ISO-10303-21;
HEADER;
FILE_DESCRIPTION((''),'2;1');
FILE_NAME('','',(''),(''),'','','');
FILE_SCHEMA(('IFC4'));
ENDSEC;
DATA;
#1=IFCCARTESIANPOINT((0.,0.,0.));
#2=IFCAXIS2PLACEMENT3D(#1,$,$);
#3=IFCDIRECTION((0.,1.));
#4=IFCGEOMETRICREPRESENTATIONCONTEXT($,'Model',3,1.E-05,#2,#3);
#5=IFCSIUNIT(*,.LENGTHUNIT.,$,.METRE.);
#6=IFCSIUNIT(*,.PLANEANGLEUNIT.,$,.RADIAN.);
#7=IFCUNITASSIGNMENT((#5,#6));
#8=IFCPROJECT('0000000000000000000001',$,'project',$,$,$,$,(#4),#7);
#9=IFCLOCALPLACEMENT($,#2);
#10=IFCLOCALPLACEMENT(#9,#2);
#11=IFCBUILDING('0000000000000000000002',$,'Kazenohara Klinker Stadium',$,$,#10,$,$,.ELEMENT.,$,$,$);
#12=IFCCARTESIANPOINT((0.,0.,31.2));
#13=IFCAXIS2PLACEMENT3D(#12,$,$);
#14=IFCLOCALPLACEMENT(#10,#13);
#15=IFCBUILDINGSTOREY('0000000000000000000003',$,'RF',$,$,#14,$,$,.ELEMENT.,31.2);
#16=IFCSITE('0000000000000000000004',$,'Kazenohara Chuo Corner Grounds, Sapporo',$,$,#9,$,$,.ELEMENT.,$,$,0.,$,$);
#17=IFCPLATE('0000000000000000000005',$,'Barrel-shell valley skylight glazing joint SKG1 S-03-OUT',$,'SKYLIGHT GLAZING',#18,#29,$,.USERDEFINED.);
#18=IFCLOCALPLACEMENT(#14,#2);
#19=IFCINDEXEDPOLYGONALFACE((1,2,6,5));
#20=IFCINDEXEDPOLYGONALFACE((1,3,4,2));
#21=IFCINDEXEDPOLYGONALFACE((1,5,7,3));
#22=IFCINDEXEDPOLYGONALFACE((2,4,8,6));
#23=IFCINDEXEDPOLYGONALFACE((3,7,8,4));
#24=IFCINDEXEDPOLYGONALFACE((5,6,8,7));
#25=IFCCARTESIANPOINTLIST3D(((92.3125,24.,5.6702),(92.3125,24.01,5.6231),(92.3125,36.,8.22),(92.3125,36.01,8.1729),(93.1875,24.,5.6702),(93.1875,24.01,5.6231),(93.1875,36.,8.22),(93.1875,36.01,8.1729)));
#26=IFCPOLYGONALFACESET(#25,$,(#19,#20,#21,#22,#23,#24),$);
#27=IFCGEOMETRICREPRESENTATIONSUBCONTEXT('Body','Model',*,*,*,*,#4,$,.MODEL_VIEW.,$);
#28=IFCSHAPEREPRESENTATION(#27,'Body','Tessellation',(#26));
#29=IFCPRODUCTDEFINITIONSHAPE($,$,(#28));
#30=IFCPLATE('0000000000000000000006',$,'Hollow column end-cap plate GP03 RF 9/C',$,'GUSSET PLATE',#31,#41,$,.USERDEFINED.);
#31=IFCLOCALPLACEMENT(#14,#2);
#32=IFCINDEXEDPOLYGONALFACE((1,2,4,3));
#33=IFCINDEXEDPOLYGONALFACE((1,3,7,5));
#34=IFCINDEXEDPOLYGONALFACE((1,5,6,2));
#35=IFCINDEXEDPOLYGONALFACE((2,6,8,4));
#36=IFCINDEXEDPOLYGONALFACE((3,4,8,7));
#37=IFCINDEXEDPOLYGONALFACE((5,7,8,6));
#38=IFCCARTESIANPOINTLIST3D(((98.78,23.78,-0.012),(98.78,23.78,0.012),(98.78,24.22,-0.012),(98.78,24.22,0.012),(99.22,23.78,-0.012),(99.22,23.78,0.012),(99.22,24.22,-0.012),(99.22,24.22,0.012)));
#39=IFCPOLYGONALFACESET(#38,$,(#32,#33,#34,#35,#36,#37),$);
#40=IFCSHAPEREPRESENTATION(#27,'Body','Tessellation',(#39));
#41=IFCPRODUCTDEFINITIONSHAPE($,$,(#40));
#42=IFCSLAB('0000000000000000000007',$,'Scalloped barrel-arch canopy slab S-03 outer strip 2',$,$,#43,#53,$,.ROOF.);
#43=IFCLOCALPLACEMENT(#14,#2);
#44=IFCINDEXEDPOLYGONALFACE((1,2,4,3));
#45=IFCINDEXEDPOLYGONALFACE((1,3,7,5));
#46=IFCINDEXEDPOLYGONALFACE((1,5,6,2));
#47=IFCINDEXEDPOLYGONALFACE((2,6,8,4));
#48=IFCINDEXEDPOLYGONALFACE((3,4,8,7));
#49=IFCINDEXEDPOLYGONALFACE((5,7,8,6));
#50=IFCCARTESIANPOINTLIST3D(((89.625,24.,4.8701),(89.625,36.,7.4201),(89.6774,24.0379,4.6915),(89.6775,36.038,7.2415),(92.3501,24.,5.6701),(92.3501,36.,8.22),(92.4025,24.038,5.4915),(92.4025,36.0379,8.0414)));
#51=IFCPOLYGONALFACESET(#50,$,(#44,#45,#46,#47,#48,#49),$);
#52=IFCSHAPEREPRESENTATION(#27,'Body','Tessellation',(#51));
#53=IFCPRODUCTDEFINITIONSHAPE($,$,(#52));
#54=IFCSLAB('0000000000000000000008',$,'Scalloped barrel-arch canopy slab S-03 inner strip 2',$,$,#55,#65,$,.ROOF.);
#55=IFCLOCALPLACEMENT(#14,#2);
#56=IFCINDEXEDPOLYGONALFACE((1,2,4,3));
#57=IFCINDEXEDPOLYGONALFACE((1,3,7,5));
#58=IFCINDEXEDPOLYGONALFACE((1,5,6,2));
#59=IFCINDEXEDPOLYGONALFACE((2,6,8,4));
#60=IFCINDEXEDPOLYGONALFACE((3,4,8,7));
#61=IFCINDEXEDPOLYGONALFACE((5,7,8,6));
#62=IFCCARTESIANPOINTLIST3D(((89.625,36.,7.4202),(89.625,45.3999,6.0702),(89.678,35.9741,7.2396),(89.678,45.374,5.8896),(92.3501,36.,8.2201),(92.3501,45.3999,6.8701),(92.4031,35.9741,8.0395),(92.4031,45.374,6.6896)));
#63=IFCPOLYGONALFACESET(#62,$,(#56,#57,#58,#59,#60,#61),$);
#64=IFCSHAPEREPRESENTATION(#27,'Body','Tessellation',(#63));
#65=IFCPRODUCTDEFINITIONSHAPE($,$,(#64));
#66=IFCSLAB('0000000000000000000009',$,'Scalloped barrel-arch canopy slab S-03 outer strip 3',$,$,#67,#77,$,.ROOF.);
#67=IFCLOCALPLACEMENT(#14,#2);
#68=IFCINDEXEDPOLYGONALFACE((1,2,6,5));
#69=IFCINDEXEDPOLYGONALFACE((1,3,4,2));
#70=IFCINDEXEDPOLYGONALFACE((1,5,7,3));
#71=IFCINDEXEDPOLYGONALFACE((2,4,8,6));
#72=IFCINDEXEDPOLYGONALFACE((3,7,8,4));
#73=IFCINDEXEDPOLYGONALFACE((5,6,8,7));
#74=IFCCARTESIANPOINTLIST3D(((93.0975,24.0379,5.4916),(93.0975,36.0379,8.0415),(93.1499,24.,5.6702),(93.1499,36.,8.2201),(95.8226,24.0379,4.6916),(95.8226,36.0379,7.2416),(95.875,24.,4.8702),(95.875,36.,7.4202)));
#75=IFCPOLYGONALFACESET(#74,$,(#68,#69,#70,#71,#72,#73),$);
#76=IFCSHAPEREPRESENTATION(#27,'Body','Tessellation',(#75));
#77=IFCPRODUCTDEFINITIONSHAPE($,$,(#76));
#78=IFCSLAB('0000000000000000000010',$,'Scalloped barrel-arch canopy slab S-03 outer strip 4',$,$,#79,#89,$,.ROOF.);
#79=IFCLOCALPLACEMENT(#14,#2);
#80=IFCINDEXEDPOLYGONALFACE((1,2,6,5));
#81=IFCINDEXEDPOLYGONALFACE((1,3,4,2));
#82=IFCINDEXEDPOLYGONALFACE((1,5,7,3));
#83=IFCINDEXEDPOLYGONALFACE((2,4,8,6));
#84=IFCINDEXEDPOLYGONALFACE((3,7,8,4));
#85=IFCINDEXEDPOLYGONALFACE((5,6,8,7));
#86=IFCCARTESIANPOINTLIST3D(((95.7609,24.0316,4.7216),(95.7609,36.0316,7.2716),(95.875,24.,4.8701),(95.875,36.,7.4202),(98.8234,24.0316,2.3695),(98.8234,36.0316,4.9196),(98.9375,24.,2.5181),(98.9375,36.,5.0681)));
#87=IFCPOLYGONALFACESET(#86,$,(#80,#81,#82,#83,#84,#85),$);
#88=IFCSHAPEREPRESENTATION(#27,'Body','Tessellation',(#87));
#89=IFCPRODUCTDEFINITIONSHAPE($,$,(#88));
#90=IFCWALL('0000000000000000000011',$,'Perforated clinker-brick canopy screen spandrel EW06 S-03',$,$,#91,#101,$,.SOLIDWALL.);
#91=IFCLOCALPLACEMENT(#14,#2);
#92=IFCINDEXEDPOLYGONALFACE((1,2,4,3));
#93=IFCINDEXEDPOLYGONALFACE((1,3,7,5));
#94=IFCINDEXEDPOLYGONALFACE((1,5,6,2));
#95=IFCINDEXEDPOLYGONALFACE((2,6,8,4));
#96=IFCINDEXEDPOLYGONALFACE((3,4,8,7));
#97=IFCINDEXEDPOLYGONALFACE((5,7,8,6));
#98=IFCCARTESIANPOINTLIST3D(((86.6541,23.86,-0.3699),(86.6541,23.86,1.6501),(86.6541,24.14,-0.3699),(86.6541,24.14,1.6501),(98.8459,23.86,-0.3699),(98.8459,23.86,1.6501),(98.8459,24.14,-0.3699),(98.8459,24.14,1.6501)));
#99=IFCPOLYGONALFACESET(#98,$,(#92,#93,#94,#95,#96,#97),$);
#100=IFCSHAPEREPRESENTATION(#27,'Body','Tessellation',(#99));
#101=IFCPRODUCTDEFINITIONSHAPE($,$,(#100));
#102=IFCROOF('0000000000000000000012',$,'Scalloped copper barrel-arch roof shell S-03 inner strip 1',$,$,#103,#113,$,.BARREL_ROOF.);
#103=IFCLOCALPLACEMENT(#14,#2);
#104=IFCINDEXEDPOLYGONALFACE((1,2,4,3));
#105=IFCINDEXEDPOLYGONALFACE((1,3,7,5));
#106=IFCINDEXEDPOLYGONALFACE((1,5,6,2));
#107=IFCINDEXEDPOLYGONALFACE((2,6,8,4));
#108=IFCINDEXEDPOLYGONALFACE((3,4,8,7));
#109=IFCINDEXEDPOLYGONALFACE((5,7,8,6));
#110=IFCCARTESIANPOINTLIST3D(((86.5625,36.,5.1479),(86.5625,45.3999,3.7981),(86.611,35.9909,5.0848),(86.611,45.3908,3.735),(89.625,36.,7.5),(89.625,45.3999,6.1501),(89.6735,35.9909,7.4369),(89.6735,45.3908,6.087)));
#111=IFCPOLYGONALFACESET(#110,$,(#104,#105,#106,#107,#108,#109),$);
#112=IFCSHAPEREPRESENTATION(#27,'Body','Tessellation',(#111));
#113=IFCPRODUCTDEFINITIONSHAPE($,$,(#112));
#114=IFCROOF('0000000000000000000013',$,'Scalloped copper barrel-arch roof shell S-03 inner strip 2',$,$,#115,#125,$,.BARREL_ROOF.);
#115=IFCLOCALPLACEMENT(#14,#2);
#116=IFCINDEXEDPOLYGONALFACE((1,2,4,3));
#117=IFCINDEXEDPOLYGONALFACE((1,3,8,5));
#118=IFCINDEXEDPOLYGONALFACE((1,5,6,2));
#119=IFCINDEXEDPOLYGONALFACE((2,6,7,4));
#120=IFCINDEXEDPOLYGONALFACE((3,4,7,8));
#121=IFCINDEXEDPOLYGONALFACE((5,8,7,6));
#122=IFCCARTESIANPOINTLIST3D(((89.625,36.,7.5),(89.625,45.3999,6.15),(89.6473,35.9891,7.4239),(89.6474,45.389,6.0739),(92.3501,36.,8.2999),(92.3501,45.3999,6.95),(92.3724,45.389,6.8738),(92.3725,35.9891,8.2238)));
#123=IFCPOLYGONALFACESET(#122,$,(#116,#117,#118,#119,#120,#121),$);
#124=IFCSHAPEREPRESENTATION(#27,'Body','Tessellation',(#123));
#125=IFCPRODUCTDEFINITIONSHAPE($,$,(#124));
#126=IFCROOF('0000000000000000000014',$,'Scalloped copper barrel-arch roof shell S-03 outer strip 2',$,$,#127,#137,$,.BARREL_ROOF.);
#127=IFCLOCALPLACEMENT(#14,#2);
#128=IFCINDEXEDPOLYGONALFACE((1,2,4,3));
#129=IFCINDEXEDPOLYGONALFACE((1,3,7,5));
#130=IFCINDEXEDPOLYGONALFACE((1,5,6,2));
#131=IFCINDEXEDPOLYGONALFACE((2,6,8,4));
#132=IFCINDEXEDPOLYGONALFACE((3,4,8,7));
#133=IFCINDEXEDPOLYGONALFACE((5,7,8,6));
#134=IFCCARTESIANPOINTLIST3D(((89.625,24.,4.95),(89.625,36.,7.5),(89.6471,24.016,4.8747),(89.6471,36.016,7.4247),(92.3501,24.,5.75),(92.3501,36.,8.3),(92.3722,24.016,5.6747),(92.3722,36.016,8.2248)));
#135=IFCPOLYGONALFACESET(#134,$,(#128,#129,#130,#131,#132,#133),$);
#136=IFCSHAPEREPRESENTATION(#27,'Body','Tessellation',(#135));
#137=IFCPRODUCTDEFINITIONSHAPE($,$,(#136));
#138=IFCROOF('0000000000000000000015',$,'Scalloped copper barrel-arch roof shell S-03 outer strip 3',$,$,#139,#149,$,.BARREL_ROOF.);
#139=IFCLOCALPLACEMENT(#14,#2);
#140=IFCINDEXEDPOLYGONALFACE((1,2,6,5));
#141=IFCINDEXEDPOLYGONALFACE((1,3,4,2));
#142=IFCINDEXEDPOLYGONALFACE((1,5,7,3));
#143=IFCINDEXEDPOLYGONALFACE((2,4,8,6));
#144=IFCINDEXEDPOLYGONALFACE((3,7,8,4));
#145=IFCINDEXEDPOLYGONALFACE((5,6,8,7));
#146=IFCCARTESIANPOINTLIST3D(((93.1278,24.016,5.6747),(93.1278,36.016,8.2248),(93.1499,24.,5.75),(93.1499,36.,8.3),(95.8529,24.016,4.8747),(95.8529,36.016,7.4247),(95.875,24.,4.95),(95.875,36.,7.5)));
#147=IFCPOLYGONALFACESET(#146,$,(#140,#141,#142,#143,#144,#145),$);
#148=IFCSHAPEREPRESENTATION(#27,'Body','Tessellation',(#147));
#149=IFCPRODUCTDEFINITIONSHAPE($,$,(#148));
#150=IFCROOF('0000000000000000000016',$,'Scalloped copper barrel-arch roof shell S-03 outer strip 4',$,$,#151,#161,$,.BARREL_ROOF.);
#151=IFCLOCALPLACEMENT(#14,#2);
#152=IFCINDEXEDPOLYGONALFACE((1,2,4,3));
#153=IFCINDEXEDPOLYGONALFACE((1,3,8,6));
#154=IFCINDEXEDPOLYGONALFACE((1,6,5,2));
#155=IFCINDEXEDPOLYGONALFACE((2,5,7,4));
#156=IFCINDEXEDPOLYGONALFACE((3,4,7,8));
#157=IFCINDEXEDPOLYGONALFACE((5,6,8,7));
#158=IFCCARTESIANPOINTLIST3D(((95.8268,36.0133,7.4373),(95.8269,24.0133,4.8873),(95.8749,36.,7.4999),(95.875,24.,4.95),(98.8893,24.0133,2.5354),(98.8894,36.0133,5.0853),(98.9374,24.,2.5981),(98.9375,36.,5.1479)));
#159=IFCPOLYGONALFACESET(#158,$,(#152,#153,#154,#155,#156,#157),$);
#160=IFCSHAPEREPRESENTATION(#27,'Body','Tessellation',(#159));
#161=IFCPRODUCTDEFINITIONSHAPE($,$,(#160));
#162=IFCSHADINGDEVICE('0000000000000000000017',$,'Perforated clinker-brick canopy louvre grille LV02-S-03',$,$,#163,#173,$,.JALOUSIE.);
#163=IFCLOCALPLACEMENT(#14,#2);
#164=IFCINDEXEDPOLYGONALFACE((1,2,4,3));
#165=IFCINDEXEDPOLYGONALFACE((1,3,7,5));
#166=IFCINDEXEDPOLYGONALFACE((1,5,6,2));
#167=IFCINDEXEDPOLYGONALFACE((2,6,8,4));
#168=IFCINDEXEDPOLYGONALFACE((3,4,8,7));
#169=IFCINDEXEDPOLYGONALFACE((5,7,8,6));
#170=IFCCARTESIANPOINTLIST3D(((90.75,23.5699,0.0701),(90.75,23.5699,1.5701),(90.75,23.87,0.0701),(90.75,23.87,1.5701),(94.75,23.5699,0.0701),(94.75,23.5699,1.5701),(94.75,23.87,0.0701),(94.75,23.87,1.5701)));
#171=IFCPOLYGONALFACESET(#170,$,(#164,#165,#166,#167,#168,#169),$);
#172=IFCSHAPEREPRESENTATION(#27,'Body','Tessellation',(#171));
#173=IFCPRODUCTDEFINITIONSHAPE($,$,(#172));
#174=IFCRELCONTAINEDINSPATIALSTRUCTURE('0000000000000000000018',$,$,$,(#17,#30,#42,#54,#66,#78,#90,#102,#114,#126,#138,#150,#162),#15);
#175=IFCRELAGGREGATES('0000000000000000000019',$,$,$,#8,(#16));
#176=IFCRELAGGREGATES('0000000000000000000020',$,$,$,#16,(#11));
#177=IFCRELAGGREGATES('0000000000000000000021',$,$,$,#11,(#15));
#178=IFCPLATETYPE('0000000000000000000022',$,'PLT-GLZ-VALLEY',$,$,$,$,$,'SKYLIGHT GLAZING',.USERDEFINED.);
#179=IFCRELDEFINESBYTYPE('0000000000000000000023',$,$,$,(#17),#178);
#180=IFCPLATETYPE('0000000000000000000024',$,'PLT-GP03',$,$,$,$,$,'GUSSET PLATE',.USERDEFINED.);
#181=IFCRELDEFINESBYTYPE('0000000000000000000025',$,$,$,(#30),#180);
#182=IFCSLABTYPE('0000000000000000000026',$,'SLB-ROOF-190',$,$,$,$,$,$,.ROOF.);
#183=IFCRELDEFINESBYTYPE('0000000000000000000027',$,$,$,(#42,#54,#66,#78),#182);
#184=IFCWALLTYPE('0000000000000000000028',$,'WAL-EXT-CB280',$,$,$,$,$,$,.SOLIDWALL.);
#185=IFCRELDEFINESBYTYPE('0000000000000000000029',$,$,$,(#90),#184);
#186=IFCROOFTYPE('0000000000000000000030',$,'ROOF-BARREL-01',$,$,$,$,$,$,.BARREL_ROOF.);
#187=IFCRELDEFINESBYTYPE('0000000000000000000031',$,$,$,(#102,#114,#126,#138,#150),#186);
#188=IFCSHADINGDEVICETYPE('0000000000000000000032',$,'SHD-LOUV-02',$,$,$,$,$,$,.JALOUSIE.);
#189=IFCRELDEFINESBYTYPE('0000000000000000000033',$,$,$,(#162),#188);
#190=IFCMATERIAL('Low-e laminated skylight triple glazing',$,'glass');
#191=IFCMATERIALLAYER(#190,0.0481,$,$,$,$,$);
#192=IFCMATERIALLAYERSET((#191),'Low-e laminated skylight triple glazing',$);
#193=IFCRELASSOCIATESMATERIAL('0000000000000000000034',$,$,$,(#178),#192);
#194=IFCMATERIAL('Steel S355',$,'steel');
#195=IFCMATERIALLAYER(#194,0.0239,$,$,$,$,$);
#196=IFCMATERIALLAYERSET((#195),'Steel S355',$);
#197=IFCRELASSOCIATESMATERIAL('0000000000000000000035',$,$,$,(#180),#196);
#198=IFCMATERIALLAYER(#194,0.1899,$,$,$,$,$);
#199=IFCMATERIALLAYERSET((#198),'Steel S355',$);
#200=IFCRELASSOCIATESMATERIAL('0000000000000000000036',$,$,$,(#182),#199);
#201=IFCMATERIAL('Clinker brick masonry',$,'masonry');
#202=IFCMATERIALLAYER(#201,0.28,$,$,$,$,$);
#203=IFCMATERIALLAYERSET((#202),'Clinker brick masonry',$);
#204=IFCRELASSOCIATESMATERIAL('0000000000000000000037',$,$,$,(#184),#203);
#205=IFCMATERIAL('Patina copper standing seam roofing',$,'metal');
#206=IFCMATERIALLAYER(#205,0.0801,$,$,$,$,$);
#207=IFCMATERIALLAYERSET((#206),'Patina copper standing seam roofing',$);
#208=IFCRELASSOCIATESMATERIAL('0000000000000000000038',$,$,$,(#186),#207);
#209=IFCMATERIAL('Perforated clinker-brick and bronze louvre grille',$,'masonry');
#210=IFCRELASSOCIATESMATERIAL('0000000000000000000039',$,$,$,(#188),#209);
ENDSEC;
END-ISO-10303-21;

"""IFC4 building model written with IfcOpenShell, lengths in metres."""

from ifc_helpers import new_model, si_unit, direction, frame, frame_2d, origin, origin_2d, place, context, subcontext, project, spatial, polyline, rectangle, outline, extrude, material, layer, layer_set, type_object, element, save


model = new_model("IFC4")

# Units and contexts
model_context = context("Model", 3, precision=1e-05, world=origin(), true_north=direction((0.0, 1.0)))
body_context = subcontext(model_context, "Body", "Model", "MODEL_VIEW")
ifc_project = project(units=[si_unit("LENGTHUNIT", "METRE"), si_unit("PLANEANGLEUNIT", "RADIAN")], contexts=[model_context])

# Site, building, storey
site_placement = place(None, origin())
site = spatial("IfcSite", under=ifc_project, at=site_placement, Name="Kazenohara Chuo Corner Grounds, Sapporo", CompositionType="ELEMENT", RefElevation=0.0)
building_placement = place(site_placement, origin())
building = spatial("IfcBuilding", under=site, at=building_placement, Name="Kazenohara Klinker Stadium", CompositionType="ELEMENT")
storey_placement = place(building_placement, frame((0.0, 0.0, 31.2)))
storey = spatial("IfcBuildingStorey", under=building, at=storey_placement, Name="RF", CompositionType="ELEMENT", Elevation=31.2)

# Shared definitions
ifc_material_1 = material(Name="Steel S355", Category="steel")

# Plates
ifc_material_2 = material(Name="Low-e laminated skylight triple glazing", Category="glass")
ifc_layer_1 = layer(ifc_material_2, 0.0481)
ifc_layer_set_1 = layer_set([ifc_layer_1], Name="Low-e laminated skylight triple glazing")
plate_type_1 = type_object("IfcPlateType", Name="PLT-GLZ-VALLEY", ElementType="SKYLIGHT GLAZING", PredefinedType="USERDEFINED", material=ifc_layer_set_1)
plate_1_placement = place(storey_placement, frame((92.3125, 24.0, 5.6702), z_axis=(0.0, -0.207844, 0.978162), x_axis=(0.0, 0.978162, 0.207844)))
element("IfcPlate", 1, at=plate_1_placement, inside=storey, type_object=plate_type_1, Name="Barrel-shell valley skylight glazing joint SKG1 S-03-OUT", ObjectType="SKYLIGHT GLAZING", PredefinedType="USERDEFINED", context=body_context, shape_type="SweptSolid", body=[
    extrude(outline(polyline([(0.0, 0.0), (12.2679, 0.0), (12.2679, -0.875), (0.0, -0.875), (0.0, 0.0)])), origin(), (0.0, 0.0, -1.0), 0.0481),
])
ifc_layer_2 = layer(ifc_material_1, 0.0239)
ifc_layer_set_2 = layer_set([ifc_layer_2], Name="Steel S355")
plate_type_2 = type_object("IfcPlateType", Name="PLT-GP03", ElementType="GUSSET PLATE", PredefinedType="USERDEFINED", material=ifc_layer_set_2)
plate_2_placement = place(storey_placement, frame((99.0, 24.0, -0.012), z_axis=(0.0, 0.0, 1.0), x_axis=(1.0, 0.0, 0.0)))
element("IfcPlate", 2, at=plate_2_placement, inside=storey, type_object=plate_type_2, Name="Hollow column end-cap plate GP03 RF 9/C", ObjectType="GUSSET PLATE", PredefinedType="USERDEFINED", context=body_context, shape_type="SweptSolid", body=[
    extrude(rectangle(XDim=0.4399, YDim=0.4399, at=origin_2d()), origin(), (0.0, 0.0, 1.0), 0.0239),
])

# Slabs
ifc_layer_3 = layer(ifc_material_1, 0.1899)
ifc_layer_set_3 = layer_set([ifc_layer_3], Name="Steel S355")
slab_type = type_object("IfcSlabType", Name="SLB-ROOF-190", PredefinedType="ROOF", material=ifc_layer_set_3)
slab_1_placement = place(storey_placement, frame((89.625, 24.0, 4.8701), z_axis=(-0.275979, -0.199781, 0.940172), x_axis=(0.000003, 0.97816, 0.207854)))
element("IfcSlab", 3, at=slab_1_placement, inside=storey, type_object=slab_type, Name="Scalloped barrel-arch canopy slab S-03 outer strip 2", PredefinedType="ROOF", context=body_context, shape_type="SweptSolid", body=[
    extrude(outline(polyline([(0.0, 0.0), (12.268, 0.0), (12.4342, -2.8352), (0.1663, -2.8352), (0.0, 0.0)])), origin(), (0.0, 0.0, -1.0), 0.1899),
])
slab_2_placement = place(storey_placement, frame((89.625, 36.0, 7.4202), z_axis=(-0.27902, 0.136512, 0.950533), x_axis=(-0.000003, 0.989844, -0.142158)))
element("IfcSlab", 4, at=slab_2_placement, inside=storey, type_object=slab_type, Name="Scalloped barrel-arch canopy slab S-03 inner strip 2", PredefinedType="ROOF", context=body_context, shape_type="SweptSolid", body=[
    extrude(outline(polyline([(0.0, 0.0), (9.4964, 0.0), (9.3826, -2.8378), (-0.1137, -2.8378), (0.0, 0.0)])), origin(), (0.0, 0.0, -1.0), 0.1899),
])
slab_3_placement = place(storey_placement, frame((93.1499, 24.0, 5.6702), z_axis=(0.275979, -0.199781, 0.940172), x_axis=(0.000003, 0.97816, 0.207852)))
element("IfcSlab", 5, at=slab_3_placement, inside=storey, type_object=slab_type, Name="Scalloped barrel-arch canopy slab S-03 outer strip 3", PredefinedType="ROOF", context=body_context, shape_type="SweptSolid", body=[
    extrude(outline(polyline([(0.0, 0.0), (12.2679, 0.0), (12.1017, -2.8352), (-0.1663, -2.8352), (0.0, 0.0)])), origin(), (0.0, 0.0, -1.0), 0.1899),
])
slab_4_placement = place(storey_placement, frame((95.875, 24.0, 4.8701), z_axis=(0.600635, -0.166191, 0.78206), x_axis=(0.0, 0.978158, 0.207863)))
element("IfcSlab", 6, at=slab_4_placement, inside=storey, type_object=slab_type, Name="Scalloped barrel-arch canopy slab S-03 outer strip 4", PredefinedType="ROOF", context=body_context, shape_type="SweptSolid", body=[
    extrude(outline(polyline([(0.0, 0.0), (12.268, 0.0), (11.7791, -3.8304), (-0.4889, -3.8304), (0.0, 0.0)])), origin(), (0.0, 0.0, -1.0), 0.1899),
])

# Wall
ifc_material_3 = material(Name="Clinker brick masonry", Category="masonry")
ifc_layer_4 = layer(ifc_material_3, 0.28)
ifc_layer_set_4 = layer_set([ifc_layer_4], Name="Clinker brick masonry")
wall_type = type_object("IfcWallType", Name="WAL-EXT-CB280", PredefinedType="SOLIDWALL", material=ifc_layer_set_4)
wall_placement = place(storey_placement, frame((86.6541, 24.0, -0.3699), z_axis=(0.0, 0.0, 1.0), x_axis=(1.0, 0.0, 0.0)))
element("IfcWall", 7, at=wall_placement, inside=storey, type_object=wall_type, Name="Perforated clinker-brick canopy screen spandrel EW06 S-03", PredefinedType="SOLIDWALL", context=body_context, shape_type="SweptSolid", body=[
    extrude(rectangle(XDim=12.1919, YDim=0.28, at=frame_2d((6.0959, 0.0))), origin(), (0.0, 0.0, 1.0), 2.02),
])

# Roofs
ifc_material_4 = material(Name="Patina copper standing seam roofing", Category="metal")
ifc_layer_5 = layer(ifc_material_4, 0.0801)
ifc_layer_set_5 = layer_set([ifc_layer_5], Name="Patina copper standing seam roofing")
roof_type = type_object("IfcRoofType", Name="ROOF-BARREL-01", PredefinedType="BARREL_ROOF", material=ifc_layer_set_5)
roof_1_placement = place(storey_placement, frame((86.5625, 36.0, 5.1479), z_axis=(-0.605193, 0.113158, 0.787995), x_axis=(0.0, 0.989846, -0.142145)))
element("IfcRoof", 8, at=roof_1_placement, inside=storey, type_object=roof_type, Name="Scalloped copper barrel-arch roof shell S-03 inner strip 1", PredefinedType="BARREL_ROOF", context=body_context, shape_type="SweptSolid", body=[
    extrude(outline(polyline([(0.0, 0.0), (9.4963, 0.0), (9.162, -3.847), (-0.3343, -3.847), (0.0, 0.0)])), origin(), (0.0, 0.0, -1.0), 0.0801),
])
roof_2_placement = place(storey_placement, frame((89.625, 36.0, 7.5), z_axis=(-0.27902, 0.136512, 0.950533), x_axis=(0.000003, 0.989844, -0.142156)))
element("IfcRoof", 9, at=roof_2_placement, inside=storey, type_object=roof_type, Name="Scalloped copper barrel-arch roof shell S-03 inner strip 2", PredefinedType="BARREL_ROOF", context=body_context, shape_type="SweptSolid", body=[
    extrude(outline(polyline([(0.0, 0.0), (9.4963, 0.0), (9.3826, -2.8378), (-0.1137, -2.8378), (0.0, 0.0)])), origin(), (0.0, 0.0, -1.0), 0.0801),
])
roof_3_placement = place(storey_placement, frame((89.625, 24.0, 4.95), z_axis=(-0.276017, -0.199788, 0.940159), x_axis=(0.0, 0.978158, 0.207863)))
element("IfcRoof", 10, at=roof_3_placement, inside=storey, type_object=roof_type, Name="Scalloped copper barrel-arch roof shell S-03 outer strip 2", PredefinedType="BARREL_ROOF", context=body_context, shape_type="SweptSolid", body=[
    extrude(outline(polyline([(0.0, 0.0), (12.268, 0.0), (12.4343, -2.8352), (0.1663, -2.8352), (0.0, 0.0)])), origin(), (0.0, 0.0, -1.0), 0.0801),
])
roof_4_placement = place(storey_placement, frame((93.1499, 24.0, 5.75), z_axis=(0.276017, -0.199788, 0.940159), x_axis=(0.0, 0.978158, 0.207863)))
element("IfcRoof", 11, at=roof_4_placement, inside=storey, type_object=roof_type, Name="Scalloped copper barrel-arch roof shell S-03 outer strip 3", PredefinedType="BARREL_ROOF", context=body_context, shape_type="SweptSolid", body=[
    extrude(outline(polyline([(0.0, 0.0), (12.268, 0.0), (12.1017, -2.8352), (-0.1663, -2.8352), (0.0, 0.0)])), origin(), (0.0, 0.0, -1.0), 0.0801),
])
roof_5_placement = place(storey_placement, frame((95.875, 24.0, 4.95), z_axis=(0.600616, -0.166186, 0.782076), x_axis=(-0.000005, 0.978159, 0.207856)))
element("IfcRoof", 12, at=roof_5_placement, inside=storey, type_object=roof_type, Name="Scalloped copper barrel-arch roof shell S-03 outer strip 4", PredefinedType="BARREL_ROOF", context=body_context, shape_type="SweptSolid", body=[
    extrude(outline(polyline([(0.0, 0.0), (12.268, 0.0), (11.7791, -3.8304), (-0.4889, -3.8303), (0.0, 0.0)])), origin(), (0.0, 0.0, -1.0), 0.0801),
])

# Shading device
ifc_material_5 = material(Name="Perforated clinker-brick and bronze louvre grille", Category="masonry")
shading_device_type = type_object("IfcShadingDeviceType", Name="SHD-LOUV-02", PredefinedType="JALOUSIE", material=ifc_material_5)
shading_device_placement = place(storey_placement, frame((92.75, 23.72, 0.0701), z_axis=(0.0, 0.0, 1.0), x_axis=(1.0, 0.0, 0.0)))
element("IfcShadingDevice", 13, at=shading_device_placement, inside=storey, type_object=shading_device_type, Name="Perforated clinker-brick canopy louvre grille LV02-S-03", PredefinedType="JALOUSIE", context=body_context, shape_type="SweptSolid", body=[
    extrude(rectangle(XDim=4.0, YDim=0.3, at=origin_2d()), origin(), (0.0, 0.0, 1.0), 1.5),
])

save(model, "model.ifc")
